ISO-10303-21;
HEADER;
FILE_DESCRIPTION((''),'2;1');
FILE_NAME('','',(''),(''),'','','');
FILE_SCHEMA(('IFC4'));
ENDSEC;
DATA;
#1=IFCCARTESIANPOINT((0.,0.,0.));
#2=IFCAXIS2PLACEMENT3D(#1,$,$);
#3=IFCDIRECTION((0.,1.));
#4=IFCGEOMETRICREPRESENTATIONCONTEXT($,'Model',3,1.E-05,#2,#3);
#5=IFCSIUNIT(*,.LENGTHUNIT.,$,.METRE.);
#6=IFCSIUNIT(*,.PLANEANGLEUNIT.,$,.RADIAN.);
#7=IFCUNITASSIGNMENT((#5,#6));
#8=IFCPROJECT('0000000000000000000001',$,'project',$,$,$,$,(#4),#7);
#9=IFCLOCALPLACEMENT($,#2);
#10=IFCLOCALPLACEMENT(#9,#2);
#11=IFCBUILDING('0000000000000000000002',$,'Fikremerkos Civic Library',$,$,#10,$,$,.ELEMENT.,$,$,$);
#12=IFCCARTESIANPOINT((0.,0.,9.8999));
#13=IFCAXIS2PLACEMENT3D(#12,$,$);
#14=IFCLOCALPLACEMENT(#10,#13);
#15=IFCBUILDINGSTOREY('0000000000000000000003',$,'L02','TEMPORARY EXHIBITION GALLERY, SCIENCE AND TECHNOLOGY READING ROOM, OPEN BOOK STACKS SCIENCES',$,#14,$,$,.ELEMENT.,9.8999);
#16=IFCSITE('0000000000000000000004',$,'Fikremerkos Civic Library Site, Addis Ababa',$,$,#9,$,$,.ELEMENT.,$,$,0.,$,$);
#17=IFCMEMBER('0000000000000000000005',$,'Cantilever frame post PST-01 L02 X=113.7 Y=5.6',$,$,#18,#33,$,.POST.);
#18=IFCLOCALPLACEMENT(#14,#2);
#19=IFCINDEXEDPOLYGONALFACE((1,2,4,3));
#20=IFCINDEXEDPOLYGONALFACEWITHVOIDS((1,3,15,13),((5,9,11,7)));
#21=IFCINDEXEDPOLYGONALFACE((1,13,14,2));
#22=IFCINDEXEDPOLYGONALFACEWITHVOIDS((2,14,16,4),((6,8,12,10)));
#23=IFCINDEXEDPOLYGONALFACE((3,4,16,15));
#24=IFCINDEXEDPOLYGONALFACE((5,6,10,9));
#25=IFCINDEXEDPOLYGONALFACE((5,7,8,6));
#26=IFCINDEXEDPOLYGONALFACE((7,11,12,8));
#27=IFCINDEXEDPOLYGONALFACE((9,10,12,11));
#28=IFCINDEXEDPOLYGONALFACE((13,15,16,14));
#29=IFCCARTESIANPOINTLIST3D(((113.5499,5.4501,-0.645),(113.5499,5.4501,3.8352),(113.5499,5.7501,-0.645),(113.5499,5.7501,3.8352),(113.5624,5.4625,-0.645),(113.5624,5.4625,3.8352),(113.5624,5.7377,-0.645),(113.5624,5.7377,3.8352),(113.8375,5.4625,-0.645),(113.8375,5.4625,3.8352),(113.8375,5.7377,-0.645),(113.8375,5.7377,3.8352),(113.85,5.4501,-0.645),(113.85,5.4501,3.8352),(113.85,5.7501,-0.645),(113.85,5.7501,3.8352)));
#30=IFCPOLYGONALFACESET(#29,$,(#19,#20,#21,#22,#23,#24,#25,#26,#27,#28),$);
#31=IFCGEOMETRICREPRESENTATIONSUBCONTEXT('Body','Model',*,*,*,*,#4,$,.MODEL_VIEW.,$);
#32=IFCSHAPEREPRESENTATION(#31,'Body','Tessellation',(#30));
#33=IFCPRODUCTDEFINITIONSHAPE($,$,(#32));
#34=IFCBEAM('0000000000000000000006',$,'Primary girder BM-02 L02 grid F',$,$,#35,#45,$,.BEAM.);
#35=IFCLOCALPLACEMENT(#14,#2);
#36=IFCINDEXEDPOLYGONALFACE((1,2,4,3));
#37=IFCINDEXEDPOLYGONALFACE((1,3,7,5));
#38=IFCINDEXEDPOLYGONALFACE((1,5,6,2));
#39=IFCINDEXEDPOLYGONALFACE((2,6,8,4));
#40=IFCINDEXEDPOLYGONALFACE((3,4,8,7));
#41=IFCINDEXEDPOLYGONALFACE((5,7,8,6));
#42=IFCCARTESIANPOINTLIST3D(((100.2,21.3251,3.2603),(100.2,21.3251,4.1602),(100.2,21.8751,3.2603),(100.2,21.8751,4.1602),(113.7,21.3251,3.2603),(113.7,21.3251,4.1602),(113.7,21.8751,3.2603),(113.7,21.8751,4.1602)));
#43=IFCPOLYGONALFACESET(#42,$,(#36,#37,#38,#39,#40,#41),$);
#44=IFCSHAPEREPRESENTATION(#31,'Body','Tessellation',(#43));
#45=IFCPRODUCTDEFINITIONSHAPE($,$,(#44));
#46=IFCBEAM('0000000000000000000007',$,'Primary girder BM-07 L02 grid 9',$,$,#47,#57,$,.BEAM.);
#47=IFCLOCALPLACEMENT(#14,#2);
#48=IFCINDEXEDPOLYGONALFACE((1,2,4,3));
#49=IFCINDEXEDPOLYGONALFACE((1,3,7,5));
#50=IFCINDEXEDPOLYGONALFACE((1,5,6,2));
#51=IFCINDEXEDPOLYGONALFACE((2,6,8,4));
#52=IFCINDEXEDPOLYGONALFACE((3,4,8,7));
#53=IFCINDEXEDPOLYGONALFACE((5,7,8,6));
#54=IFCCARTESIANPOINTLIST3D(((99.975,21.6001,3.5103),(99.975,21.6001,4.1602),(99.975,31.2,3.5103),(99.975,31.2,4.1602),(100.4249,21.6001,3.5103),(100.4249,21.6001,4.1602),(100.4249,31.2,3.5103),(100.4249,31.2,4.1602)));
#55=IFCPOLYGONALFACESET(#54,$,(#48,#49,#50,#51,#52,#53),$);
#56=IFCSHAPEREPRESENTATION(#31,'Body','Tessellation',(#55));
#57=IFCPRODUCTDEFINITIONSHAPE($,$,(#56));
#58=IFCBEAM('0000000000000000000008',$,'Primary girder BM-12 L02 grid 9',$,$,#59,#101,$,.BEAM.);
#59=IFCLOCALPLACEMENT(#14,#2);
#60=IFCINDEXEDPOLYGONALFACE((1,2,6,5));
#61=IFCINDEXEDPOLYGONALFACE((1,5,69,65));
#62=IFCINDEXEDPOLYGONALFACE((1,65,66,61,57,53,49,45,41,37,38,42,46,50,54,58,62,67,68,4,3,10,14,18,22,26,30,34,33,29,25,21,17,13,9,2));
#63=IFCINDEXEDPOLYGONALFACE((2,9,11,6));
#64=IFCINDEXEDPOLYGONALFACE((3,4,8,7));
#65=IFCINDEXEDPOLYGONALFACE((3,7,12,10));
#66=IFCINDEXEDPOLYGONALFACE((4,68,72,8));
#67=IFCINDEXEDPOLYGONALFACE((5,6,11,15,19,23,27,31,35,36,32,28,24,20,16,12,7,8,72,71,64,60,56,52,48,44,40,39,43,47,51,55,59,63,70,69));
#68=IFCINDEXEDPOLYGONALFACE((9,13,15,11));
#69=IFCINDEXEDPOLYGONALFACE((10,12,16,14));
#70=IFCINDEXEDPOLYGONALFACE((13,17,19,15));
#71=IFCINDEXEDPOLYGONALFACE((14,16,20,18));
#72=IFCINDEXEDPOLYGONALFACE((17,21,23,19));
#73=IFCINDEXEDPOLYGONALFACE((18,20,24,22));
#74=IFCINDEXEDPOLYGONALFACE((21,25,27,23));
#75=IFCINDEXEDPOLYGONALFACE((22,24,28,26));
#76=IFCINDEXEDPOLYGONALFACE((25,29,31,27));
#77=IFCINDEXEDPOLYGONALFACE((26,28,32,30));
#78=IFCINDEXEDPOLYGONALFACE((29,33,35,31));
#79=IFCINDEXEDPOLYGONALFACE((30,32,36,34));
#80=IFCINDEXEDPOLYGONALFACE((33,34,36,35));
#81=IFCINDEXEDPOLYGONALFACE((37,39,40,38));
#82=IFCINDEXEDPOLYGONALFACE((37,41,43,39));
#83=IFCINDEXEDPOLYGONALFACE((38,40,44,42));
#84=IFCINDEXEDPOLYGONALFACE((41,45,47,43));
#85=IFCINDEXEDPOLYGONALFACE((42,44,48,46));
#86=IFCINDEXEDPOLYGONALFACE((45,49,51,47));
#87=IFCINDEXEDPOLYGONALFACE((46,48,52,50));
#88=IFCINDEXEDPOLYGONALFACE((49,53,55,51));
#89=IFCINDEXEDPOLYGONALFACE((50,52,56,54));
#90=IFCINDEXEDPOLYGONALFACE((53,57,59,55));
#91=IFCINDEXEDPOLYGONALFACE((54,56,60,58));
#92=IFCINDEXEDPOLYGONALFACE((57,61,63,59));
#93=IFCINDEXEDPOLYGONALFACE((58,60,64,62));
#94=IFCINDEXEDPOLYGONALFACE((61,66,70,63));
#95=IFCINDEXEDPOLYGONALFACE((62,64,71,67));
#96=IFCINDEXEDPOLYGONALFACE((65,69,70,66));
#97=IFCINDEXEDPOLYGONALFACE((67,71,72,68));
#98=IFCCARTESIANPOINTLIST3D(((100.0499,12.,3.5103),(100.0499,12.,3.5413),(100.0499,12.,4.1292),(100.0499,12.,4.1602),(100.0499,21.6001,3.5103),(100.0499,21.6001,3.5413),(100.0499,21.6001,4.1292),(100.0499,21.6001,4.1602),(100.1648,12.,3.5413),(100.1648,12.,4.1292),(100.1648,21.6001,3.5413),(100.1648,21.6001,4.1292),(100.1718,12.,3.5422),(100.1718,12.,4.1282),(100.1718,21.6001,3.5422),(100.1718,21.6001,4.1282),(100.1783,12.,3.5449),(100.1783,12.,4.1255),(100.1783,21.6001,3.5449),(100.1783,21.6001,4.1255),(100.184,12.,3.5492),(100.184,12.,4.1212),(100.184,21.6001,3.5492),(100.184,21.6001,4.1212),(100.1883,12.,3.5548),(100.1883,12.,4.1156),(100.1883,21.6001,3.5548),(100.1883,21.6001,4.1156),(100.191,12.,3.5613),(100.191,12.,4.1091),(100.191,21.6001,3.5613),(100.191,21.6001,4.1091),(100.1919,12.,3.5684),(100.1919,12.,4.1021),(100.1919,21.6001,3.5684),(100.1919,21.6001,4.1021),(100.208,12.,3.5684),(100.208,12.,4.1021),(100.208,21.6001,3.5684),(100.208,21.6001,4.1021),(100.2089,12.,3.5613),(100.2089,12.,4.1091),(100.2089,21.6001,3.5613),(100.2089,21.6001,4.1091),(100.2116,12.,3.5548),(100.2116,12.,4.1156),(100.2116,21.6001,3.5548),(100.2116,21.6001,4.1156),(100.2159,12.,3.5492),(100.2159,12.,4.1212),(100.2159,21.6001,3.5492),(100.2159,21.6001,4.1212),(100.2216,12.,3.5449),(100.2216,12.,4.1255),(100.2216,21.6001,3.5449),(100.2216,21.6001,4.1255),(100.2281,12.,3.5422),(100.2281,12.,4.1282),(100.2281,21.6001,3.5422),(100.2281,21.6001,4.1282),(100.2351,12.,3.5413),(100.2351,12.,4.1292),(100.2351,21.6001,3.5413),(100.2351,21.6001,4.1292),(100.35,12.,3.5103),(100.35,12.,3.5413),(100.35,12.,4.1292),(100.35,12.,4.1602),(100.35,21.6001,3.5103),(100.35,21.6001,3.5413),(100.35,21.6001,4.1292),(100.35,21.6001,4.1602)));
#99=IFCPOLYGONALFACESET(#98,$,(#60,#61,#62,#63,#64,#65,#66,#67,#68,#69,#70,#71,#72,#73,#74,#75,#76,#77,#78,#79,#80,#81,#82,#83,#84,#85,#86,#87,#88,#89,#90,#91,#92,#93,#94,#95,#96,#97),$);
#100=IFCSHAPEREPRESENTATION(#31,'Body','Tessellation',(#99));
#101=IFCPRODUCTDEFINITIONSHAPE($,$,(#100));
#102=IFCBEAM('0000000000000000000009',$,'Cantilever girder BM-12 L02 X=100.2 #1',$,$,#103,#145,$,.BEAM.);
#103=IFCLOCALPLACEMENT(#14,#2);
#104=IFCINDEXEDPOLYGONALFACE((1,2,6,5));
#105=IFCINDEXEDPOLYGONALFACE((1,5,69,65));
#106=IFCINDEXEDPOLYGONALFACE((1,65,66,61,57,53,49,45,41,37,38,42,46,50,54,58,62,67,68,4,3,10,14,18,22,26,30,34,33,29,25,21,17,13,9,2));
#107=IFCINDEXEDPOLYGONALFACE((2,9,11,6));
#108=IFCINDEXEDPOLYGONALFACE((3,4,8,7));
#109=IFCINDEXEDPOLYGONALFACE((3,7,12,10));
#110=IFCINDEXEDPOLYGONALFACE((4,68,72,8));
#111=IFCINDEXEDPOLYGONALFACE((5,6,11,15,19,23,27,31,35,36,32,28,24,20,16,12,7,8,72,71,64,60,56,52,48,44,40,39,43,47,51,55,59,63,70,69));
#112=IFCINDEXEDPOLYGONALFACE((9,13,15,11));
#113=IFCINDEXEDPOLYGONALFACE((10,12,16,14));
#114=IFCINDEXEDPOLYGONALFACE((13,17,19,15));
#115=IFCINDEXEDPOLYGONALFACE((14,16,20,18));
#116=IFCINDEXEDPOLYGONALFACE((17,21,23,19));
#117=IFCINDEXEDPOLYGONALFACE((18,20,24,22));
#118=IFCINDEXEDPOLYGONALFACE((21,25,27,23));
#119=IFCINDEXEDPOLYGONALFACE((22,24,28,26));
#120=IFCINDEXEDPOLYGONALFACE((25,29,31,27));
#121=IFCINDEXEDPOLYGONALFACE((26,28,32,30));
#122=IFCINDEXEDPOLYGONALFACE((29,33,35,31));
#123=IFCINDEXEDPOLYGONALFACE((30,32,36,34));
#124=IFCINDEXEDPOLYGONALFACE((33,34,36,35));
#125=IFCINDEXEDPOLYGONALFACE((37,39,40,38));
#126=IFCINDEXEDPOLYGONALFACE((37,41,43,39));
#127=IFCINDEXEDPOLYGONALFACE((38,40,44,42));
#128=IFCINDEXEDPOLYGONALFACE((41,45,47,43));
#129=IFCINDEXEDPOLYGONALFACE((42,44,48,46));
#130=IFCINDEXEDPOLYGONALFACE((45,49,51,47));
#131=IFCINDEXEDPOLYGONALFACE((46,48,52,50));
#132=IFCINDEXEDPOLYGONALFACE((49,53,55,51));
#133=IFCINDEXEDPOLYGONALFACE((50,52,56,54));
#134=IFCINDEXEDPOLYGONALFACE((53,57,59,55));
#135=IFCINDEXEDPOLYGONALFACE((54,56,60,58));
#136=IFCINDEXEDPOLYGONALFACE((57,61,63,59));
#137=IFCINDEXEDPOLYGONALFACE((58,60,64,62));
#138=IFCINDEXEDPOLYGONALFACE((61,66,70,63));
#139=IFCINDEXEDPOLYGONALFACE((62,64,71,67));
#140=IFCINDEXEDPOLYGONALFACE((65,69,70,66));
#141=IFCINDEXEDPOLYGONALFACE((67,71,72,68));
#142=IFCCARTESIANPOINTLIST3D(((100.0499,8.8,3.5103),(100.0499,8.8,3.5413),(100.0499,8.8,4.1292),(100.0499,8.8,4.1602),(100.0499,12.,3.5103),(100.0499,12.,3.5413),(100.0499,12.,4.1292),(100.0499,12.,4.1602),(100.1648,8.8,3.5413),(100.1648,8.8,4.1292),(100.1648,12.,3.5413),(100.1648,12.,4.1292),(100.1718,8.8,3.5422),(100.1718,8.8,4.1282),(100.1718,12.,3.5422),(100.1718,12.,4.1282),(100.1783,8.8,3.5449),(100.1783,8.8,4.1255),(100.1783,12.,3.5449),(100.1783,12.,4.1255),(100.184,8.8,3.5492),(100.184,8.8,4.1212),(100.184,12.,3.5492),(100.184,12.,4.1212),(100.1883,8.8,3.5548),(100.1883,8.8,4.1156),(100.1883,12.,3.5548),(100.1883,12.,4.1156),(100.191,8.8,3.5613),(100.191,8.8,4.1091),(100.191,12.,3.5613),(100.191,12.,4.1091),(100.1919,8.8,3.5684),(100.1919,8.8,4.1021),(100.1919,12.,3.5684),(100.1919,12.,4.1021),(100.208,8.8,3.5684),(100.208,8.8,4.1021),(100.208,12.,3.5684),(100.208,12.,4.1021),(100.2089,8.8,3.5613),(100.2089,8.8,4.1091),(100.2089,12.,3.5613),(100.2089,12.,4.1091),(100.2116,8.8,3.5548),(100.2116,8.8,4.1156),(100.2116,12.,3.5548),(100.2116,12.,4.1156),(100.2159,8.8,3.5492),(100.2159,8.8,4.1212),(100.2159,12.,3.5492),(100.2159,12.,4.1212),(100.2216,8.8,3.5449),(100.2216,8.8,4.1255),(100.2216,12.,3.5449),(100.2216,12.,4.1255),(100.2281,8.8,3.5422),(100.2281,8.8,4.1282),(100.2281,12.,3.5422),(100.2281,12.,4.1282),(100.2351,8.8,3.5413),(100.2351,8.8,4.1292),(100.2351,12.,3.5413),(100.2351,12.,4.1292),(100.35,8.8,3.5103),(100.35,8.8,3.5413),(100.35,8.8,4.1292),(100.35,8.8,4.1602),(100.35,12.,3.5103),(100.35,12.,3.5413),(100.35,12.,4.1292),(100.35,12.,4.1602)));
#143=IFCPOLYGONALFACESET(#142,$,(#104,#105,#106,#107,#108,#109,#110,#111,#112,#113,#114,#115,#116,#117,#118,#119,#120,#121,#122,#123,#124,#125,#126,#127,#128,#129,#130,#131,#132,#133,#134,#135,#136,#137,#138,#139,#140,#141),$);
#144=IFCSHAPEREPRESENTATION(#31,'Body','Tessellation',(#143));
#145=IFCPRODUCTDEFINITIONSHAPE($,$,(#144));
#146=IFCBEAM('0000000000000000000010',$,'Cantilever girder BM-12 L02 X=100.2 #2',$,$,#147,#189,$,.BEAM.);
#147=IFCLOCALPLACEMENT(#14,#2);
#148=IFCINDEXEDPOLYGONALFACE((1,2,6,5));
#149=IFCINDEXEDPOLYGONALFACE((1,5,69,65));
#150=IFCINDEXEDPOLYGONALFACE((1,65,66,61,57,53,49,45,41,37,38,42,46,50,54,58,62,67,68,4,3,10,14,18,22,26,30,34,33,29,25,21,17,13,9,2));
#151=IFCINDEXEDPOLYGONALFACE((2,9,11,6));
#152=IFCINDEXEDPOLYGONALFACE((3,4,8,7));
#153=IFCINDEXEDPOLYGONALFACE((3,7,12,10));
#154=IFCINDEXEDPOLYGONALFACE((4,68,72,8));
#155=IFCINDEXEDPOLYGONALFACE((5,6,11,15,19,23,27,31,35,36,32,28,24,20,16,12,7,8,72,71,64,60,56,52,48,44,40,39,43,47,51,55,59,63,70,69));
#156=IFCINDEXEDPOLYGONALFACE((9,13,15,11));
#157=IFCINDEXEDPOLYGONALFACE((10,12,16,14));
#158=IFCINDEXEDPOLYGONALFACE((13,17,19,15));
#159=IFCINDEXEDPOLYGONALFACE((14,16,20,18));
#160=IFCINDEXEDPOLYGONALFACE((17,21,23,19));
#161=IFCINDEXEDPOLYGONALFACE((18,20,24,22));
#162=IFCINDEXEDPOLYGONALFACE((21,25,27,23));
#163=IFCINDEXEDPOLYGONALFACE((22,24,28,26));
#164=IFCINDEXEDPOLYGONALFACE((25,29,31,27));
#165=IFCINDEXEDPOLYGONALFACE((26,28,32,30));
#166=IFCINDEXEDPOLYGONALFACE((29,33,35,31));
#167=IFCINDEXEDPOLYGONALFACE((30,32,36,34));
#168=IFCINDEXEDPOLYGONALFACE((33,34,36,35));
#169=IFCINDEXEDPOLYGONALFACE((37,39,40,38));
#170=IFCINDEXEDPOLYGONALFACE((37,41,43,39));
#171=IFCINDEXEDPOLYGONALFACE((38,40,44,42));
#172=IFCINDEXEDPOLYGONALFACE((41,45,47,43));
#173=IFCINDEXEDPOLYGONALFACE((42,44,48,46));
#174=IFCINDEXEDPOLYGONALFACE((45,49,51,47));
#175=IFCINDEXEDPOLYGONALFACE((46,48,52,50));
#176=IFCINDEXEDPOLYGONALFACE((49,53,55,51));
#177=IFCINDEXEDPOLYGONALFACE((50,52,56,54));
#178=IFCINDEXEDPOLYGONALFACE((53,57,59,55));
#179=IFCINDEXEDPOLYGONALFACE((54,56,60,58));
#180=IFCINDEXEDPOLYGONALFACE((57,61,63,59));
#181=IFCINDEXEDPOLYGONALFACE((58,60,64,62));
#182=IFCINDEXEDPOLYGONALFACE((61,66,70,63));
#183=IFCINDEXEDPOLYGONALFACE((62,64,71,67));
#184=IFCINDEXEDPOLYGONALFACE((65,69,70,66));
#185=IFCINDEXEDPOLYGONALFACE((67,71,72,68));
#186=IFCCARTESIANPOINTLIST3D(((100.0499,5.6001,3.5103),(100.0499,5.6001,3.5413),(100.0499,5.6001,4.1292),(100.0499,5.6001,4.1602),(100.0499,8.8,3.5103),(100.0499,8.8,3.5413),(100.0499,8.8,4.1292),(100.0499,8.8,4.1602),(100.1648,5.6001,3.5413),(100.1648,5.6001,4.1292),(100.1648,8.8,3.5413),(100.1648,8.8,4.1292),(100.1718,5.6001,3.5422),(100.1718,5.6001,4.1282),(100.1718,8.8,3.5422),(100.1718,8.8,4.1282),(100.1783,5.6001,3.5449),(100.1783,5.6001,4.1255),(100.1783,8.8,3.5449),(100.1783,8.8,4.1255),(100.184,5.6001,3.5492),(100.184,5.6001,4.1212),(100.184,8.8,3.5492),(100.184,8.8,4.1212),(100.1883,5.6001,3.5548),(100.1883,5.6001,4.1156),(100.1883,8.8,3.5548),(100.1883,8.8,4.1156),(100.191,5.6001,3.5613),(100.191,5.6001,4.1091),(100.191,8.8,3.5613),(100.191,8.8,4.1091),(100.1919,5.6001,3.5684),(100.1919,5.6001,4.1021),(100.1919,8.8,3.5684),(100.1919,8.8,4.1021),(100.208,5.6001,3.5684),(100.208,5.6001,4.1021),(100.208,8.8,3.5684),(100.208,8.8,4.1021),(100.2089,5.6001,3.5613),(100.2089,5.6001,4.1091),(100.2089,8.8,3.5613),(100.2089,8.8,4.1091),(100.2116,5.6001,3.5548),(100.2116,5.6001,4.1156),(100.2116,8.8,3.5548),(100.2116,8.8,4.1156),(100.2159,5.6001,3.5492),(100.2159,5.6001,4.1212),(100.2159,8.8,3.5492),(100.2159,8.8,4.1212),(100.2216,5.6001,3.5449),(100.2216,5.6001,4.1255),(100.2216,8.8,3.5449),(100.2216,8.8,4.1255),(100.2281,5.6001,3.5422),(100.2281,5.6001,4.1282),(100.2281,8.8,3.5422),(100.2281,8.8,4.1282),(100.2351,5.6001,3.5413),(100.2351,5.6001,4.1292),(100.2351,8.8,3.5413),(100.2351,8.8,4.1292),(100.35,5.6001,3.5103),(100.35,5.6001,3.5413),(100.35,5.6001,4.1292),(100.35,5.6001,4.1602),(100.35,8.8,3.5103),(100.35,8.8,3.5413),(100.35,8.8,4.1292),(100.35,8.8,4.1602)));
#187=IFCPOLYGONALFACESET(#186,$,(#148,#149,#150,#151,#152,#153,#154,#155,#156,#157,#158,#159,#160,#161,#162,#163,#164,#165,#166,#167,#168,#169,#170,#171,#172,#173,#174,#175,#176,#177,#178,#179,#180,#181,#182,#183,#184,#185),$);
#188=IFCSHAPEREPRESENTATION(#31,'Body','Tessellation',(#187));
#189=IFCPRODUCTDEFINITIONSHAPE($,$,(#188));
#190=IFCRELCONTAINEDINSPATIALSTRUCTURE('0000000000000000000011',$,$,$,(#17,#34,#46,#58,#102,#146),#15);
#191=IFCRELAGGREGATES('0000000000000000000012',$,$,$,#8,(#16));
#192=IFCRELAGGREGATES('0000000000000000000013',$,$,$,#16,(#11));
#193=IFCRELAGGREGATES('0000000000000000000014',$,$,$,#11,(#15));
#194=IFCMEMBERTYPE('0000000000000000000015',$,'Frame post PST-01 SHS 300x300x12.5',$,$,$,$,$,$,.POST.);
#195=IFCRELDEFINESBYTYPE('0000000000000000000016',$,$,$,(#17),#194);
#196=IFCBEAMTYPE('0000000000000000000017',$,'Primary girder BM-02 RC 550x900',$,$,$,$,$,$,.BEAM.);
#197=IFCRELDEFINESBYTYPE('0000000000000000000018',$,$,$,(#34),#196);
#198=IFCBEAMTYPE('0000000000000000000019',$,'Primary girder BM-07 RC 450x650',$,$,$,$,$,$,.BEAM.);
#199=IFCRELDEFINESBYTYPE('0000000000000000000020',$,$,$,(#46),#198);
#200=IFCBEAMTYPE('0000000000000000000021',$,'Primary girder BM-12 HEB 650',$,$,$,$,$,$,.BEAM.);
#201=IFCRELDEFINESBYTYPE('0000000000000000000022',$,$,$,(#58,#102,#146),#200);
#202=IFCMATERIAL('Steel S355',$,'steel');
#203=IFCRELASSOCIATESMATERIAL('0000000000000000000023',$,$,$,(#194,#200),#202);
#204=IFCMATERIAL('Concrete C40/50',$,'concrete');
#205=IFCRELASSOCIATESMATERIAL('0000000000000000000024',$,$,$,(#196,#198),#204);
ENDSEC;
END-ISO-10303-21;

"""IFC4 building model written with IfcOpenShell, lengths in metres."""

from ifc_helpers import new_model, si_unit, direction, frame, origin, origin_2d, place, context, subcontext, project, spatial, rectangle, hollow_rectangle, i_section, extrude, material, material_profile, profile_set, type_object, element, save


model = new_model("IFC4")

# Units and contexts
model_context = context("Model", 3, precision=1e-05, world=origin(), true_north=direction((0.0, 1.0)))
body_context = subcontext(model_context, "Body", "Model", "MODEL_VIEW")
ifc_project = project(units=[si_unit("LENGTHUNIT", "METRE"), si_unit("PLANEANGLEUNIT", "RADIAN")], contexts=[model_context])

# Site, building, storey
site_placement = place(None, origin())
site = spatial("IfcSite", under=ifc_project, at=site_placement, Name="Fikremerkos Civic Library Site, Addis Ababa", CompositionType="ELEMENT", RefElevation=0.0)
building_placement = place(site_placement, origin())
building = spatial("IfcBuilding", under=site, at=building_placement, Name="Fikremerkos Civic Library", CompositionType="ELEMENT")
storey_placement = place(building_placement, frame((0.0, 0.0, 9.8999)))
storey = spatial("IfcBuildingStorey", under=building, at=storey_placement, Name="L02", Description="TEMPORARY EXHIBITION GALLERY, SCIENCE AND TECHNOLOGY READING ROOM, OPEN BOOK STACKS SCIENCES", CompositionType="ELEMENT", Elevation=9.8999)

# Shared definitions
ifc_material_1 = material(Name="Concrete C40/50", Category="concrete")

# Shared definitions
ifc_material_2 = material(Name="Steel S355", Category="steel")

# Member
ifc_material_profile_1 = material_profile(ifc_material_2, hollow_rectangle(XDim=0.3, YDim=0.3, WallThickness=0.0125, at=origin_2d()), Name="SHS 300x300x12.5")
ifc_profile_set_1 = profile_set([ifc_material_profile_1], Name="Steel S355")
member_type_1 = type_object("IfcMemberType", Name="Frame post PST-01 SHS 300x300x12.5", PredefinedType="POST", material=ifc_profile_set_1)
for number, where, z_axis, x_axis, name in (
    (1, (113.7, 5.6001, -0.645), (0.0, 0.0, 1.0), (1.0, 0.0, 0.0), "Cantilever frame post PST-01 L02 X=113.7 Y=5.6"),
):
    element("IfcMember", number, at=place(storey_placement, frame(where, z_axis=z_axis, x_axis=x_axis)), inside=storey, type_object=member_type_1, Name=name, PredefinedType="POST", context=body_context, shape_type="SweptSolid", body=[
        extrude(hollow_rectangle(XDim=0.3, YDim=0.3, WallThickness=0.0125, at=origin_2d()), origin(), (0.0, 0.0, 1.0), 4.4802),
    ])

# Beams
ifc_material_profile_2 = material_profile(ifc_material_1, rectangle(XDim=0.55, YDim=0.8999, at=origin_2d()), Name="RC 550x900")
ifc_profile_set_2 = profile_set([ifc_material_profile_2], Name="Concrete C40/50")
beam_type_1 = type_object("IfcBeamType", Name="Primary girder BM-02 RC 550x900", PredefinedType="BEAM", material=ifc_profile_set_2)
beam_1_placement = place(storey_placement, frame((100.2, 21.6001, 3.7102), z_axis=(1.0, 0.0, 0.0), x_axis=(0.0, 1.0, 0.0)))
element("IfcBeam", 2, at=beam_1_placement, inside=storey, type_object=beam_type_1, Name="Primary girder BM-02 L02 grid F", PredefinedType="BEAM", context=body_context, shape_type="SweptSolid", body=[
    extrude(rectangle(XDim=0.55, YDim=0.8999, at=origin_2d()), origin(), (0.0, 0.0, 1.0), 13.5),
])
ifc_material_profile_3 = material_profile(ifc_material_1, rectangle(XDim=0.45, YDim=0.6499, at=origin_2d()), Name="RC 450x650")
ifc_profile_set_3 = profile_set([ifc_material_profile_3], Name="Concrete C40/50")
beam_type_2 = type_object("IfcBeamType", Name="Primary girder BM-07 RC 450x650", PredefinedType="BEAM", material=ifc_profile_set_3)
beam_2_placement = place(storey_placement, frame((100.2, 21.6001, 3.8352), z_axis=(0.0, 1.0, 0.0), x_axis=(-1.0, 0.0, 0.0)))
element("IfcBeam", 3, at=beam_2_placement, inside=storey, type_object=beam_type_2, Name="Primary girder BM-07 L02 grid 9", PredefinedType="BEAM", context=body_context, shape_type="SweptSolid", body=[
    extrude(rectangle(XDim=0.45, YDim=0.6499, at=origin_2d()), origin(), (0.0, 0.0, 1.0), 9.5999),
])
ifc_material_profile_4 = material_profile(ifc_material_2, i_section(OverallWidth=0.3, OverallDepth=0.6499, WebThickness=0.0161, FlangeThickness=0.031, FilletRadius=0.0271, at=origin_2d()), Name="HEB 650")
ifc_profile_set_4 = profile_set([ifc_material_profile_4], Name="Steel S355")
beam_type_3 = type_object("IfcBeamType", Name="Primary girder BM-12 HEB 650", PredefinedType="BEAM", material=ifc_profile_set_4)
beam_3_placement = place(storey_placement, frame((100.2, 12.0, 3.8352), z_axis=(0.0, 1.0, 0.0), x_axis=(-1.0, 0.0, 0.0)))
element("IfcBeam", 4, at=beam_3_placement, inside=storey, type_object=beam_type_3, Name="Primary girder BM-12 L02 grid 9", PredefinedType="BEAM", context=body_context, shape_type="SweptSolid", body=[
    extrude(i_section(OverallWidth=0.3, OverallDepth=0.6499, WebThickness=0.0161, FlangeThickness=0.031, FilletRadius=0.0271, at=origin_2d()), origin(), (0.0, 0.0, 1.0), 9.6001),
])
for number, where, z_axis, x_axis, name in (
    (5, (100.2, 12.0, 3.8352), (0.0, -1.0, 0.0), (1.0, 0.0, 0.0), "Cantilever girder BM-12 L02 X=100.2 #1"),
    (6, (100.2, 8.8, 3.8352), (0.0, -1.0, 0.0), (1.0, 0.0, 0.0), "Cantilever girder BM-12 L02 X=100.2 #2"),
):
    element("IfcBeam", number, at=place(storey_placement, frame(where, z_axis=z_axis, x_axis=x_axis)), inside=storey, type_object=beam_type_3, Name=name, PredefinedType="BEAM", context=body_context, shape_type="SweptSolid", body=[
        extrude(i_section(OverallWidth=0.3, OverallDepth=0.6499, WebThickness=0.0161, FlangeThickness=0.031, FilletRadius=0.0271, at=origin_2d()), origin(), (0.0, 0.0, 1.0), 3.2),
    ])

save(model, "model.ifc")
